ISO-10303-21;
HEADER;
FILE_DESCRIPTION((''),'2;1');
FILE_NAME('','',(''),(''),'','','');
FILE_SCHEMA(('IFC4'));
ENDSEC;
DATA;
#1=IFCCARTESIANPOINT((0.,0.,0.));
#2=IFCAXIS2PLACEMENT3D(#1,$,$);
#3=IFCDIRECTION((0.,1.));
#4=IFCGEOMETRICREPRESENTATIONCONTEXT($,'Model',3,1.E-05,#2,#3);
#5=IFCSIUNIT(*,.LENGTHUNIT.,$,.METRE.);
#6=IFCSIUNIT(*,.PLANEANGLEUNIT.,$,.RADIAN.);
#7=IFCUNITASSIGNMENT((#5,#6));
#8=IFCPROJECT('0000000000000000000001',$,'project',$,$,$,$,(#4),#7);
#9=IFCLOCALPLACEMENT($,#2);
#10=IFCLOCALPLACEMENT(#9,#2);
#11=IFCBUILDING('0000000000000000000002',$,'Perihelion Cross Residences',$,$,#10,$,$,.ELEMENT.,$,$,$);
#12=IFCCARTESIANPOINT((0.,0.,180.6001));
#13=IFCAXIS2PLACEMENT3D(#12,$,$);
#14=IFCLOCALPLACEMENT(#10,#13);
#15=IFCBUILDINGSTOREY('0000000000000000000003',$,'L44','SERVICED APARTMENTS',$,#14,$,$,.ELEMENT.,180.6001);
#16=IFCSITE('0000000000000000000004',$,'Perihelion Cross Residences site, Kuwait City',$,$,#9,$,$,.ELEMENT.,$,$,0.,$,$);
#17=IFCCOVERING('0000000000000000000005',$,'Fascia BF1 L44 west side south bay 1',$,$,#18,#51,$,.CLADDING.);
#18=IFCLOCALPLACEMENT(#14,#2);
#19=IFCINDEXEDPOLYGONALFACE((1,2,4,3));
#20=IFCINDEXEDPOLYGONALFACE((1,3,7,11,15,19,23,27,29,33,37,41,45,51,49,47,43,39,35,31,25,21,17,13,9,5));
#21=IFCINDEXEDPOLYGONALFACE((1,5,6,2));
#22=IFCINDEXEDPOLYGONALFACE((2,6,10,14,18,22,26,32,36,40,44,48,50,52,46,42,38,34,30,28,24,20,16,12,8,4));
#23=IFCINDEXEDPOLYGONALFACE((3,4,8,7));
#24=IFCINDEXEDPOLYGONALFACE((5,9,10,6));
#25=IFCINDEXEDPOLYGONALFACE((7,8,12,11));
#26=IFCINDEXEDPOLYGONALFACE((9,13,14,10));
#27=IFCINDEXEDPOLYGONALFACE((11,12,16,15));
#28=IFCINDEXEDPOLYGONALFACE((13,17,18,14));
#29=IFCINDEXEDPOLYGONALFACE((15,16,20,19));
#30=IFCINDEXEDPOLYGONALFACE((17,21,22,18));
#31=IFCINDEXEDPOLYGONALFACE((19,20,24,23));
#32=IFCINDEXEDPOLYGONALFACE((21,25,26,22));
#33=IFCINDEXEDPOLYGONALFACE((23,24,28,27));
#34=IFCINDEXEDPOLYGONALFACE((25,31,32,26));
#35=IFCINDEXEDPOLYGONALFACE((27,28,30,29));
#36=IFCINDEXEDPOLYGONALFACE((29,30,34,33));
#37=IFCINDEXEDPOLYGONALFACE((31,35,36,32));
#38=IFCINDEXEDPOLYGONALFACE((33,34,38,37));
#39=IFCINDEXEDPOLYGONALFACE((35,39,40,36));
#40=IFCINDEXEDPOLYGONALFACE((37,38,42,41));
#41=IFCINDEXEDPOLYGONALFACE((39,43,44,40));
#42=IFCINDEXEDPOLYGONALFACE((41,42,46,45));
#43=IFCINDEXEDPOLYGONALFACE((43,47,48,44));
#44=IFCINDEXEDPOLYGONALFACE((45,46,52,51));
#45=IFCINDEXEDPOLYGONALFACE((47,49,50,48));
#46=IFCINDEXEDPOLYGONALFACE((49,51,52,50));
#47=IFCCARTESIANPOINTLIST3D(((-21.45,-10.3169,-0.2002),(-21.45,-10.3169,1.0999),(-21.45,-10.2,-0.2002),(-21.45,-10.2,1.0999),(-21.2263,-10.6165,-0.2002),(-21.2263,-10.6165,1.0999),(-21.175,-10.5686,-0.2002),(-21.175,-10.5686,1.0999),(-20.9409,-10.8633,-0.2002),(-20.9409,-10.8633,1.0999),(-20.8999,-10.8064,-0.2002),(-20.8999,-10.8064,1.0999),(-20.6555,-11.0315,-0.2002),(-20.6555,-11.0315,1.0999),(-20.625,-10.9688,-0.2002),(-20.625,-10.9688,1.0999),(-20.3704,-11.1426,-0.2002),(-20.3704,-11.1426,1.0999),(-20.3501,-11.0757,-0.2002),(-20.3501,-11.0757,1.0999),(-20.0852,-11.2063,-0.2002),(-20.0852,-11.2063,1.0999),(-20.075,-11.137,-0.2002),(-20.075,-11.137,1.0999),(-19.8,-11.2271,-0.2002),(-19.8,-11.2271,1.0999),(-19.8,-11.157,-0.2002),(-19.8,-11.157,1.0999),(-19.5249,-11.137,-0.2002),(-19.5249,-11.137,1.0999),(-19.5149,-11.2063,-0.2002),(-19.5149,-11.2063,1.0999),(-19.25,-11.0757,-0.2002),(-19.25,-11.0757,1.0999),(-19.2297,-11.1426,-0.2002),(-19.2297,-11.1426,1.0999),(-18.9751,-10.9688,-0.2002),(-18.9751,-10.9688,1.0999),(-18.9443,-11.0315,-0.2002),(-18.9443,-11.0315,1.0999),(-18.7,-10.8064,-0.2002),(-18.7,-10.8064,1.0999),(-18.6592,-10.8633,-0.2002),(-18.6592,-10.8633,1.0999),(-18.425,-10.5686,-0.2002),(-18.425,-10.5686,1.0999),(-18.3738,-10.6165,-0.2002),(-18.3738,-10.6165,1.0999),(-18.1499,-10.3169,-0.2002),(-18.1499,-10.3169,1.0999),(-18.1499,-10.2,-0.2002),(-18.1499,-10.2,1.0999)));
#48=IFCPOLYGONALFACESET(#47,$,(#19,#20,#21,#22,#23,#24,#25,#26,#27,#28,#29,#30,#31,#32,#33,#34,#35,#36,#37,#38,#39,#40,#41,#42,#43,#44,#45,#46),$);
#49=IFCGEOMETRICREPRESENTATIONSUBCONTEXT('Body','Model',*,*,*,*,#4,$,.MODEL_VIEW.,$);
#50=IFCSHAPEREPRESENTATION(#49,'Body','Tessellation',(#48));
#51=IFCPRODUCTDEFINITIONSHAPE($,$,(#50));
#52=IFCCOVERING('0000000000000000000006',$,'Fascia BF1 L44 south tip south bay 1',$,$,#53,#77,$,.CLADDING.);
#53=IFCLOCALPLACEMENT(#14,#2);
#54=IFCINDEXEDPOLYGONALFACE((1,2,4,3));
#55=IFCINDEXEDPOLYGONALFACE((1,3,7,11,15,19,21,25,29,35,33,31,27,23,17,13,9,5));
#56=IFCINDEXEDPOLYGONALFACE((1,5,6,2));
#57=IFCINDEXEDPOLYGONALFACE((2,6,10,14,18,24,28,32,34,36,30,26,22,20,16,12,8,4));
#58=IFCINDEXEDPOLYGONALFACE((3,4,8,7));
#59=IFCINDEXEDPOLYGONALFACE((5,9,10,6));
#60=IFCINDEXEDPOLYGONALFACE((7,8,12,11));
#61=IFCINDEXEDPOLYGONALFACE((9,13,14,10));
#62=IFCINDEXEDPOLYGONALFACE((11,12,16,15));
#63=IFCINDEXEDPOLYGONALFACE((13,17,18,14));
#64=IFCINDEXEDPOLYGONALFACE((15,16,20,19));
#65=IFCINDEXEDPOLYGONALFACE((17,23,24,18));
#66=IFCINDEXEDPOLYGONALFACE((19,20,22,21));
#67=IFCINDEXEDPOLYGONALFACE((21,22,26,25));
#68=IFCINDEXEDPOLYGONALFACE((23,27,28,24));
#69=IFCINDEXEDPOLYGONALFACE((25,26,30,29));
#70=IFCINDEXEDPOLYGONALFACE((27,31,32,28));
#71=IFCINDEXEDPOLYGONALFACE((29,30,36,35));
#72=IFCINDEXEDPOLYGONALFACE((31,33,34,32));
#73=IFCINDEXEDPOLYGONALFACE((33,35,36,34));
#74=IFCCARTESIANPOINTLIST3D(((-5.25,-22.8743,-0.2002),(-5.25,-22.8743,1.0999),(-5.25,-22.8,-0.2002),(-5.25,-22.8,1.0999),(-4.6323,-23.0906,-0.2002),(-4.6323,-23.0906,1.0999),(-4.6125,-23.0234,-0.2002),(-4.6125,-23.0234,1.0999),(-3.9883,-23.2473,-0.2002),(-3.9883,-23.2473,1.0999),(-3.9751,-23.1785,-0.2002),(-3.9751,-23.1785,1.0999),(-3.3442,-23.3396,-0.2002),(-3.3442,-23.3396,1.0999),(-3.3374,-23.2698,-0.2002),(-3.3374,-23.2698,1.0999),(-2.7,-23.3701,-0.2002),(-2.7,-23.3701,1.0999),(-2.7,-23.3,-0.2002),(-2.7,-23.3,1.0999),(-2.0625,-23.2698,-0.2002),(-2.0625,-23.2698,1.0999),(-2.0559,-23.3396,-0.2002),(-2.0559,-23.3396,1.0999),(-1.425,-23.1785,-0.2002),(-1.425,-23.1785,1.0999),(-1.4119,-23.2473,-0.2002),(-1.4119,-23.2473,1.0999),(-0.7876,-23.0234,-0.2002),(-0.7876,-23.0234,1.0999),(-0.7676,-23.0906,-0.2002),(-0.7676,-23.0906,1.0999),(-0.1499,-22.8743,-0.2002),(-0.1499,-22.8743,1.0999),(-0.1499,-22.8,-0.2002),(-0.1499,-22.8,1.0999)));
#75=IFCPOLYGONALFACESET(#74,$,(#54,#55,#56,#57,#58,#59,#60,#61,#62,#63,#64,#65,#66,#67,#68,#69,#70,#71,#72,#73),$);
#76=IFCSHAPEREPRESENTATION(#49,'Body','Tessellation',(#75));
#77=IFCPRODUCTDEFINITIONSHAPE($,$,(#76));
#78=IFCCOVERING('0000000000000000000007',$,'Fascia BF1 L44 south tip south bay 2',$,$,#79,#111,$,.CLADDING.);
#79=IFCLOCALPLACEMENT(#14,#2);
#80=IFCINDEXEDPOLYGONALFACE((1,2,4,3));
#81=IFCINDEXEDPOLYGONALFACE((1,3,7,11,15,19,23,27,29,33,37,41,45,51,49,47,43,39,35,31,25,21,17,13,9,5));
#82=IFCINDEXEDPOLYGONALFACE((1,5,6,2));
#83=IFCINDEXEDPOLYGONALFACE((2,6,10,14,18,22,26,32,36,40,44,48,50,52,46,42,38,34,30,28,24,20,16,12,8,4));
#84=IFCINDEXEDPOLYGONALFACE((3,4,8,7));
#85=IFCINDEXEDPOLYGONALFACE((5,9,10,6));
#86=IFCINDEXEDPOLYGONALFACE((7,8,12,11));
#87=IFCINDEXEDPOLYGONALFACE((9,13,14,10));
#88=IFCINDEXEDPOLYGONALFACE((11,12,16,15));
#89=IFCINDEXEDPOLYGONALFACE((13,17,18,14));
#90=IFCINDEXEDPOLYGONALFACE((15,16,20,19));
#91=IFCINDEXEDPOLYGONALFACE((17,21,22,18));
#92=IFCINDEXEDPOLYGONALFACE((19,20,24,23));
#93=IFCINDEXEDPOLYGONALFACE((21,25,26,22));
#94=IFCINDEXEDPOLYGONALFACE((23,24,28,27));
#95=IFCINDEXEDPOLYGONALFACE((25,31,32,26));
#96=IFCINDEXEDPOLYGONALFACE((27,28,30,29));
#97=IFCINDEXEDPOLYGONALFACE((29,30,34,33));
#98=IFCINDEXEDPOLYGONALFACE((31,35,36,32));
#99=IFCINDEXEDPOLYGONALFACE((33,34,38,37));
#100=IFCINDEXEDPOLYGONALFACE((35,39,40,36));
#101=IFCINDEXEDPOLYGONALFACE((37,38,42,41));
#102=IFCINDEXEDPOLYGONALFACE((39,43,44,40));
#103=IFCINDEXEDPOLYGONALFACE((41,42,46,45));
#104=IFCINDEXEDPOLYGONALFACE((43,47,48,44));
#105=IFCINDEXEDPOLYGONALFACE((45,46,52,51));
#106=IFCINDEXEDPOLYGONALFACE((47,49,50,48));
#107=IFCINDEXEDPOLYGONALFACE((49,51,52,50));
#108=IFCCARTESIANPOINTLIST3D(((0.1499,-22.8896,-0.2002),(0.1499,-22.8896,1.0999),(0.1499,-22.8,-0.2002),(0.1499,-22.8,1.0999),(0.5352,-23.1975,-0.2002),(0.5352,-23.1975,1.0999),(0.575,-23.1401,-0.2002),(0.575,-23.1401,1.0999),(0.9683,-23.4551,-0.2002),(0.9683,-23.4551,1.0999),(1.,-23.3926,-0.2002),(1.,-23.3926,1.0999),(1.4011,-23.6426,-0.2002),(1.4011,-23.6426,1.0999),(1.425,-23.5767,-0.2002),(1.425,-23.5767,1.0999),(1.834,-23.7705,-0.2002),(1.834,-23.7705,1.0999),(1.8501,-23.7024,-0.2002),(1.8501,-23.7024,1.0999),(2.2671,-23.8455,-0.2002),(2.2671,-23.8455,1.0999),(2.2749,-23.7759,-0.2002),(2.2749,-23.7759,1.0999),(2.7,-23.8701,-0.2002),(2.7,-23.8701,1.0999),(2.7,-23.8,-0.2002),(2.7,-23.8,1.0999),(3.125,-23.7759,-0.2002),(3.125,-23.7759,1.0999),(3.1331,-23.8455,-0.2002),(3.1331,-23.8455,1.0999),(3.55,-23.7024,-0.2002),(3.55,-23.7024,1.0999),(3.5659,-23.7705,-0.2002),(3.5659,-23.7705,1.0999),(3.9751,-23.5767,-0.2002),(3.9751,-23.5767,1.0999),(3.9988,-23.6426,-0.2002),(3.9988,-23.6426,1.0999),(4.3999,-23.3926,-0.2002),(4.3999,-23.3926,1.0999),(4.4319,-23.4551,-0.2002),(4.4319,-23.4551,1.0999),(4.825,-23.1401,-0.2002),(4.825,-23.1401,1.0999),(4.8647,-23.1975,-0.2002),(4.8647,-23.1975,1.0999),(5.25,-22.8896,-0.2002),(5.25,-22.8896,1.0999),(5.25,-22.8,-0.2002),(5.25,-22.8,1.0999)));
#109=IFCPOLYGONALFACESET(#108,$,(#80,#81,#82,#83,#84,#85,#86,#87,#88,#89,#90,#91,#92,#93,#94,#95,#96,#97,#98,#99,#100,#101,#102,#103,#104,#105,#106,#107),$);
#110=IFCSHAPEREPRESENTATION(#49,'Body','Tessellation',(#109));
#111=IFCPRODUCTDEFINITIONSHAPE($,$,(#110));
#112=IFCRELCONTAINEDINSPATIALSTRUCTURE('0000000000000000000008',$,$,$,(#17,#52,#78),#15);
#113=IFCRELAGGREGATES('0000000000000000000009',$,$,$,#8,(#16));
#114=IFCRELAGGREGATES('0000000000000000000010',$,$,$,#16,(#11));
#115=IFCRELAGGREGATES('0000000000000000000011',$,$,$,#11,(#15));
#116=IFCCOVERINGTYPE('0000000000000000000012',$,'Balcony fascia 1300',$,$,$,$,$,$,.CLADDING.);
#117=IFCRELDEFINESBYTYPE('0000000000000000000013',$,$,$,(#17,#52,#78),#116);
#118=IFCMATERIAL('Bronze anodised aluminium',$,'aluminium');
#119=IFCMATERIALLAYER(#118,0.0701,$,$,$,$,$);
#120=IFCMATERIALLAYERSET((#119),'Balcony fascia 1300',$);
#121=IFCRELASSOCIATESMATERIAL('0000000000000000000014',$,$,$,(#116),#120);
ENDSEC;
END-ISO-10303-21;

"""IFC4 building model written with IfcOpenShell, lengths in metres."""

from ifc_helpers import new_model, si_unit, direction, frame, origin, place, context, subcontext, project, spatial, polyline, outline, extrude, material, layer, layer_set, type_object, element, save


model = new_model("IFC4")

# Units and contexts
model_context = context("Model", 3, precision=1e-05, world=origin(), true_north=direction((0.0, 1.0)))
body_context = subcontext(model_context, "Body", "Model", "MODEL_VIEW")
ifc_project = project(units=[si_unit("LENGTHUNIT", "METRE"), si_unit("PLANEANGLEUNIT", "RADIAN")], contexts=[model_context])

# Site, building, storey
site_placement = place(None, origin())
site = spatial("IfcSite", under=ifc_project, at=site_placement, Name="Perihelion Cross Residences site, Kuwait City", CompositionType="ELEMENT", RefElevation=0.0)
building_placement = place(site_placement, origin())
building = spatial("IfcBuilding", under=site, at=building_placement, Name="Perihelion Cross Residences", CompositionType="ELEMENT")
storey_placement = place(building_placement, frame((0.0, 0.0, 180.6001)))
storey = spatial("IfcBuildingStorey", under=building, at=storey_placement, Name="L44", Description="SERVICED APARTMENTS", CompositionType="ELEMENT", Elevation=180.6001)

# Coverings
ifc_material_1 = material(Name="Bronze anodised aluminium", Category="aluminium")
ifc_layer_1 = layer(ifc_material_1, 0.0701)
ifc_layer_set_1 = layer_set([ifc_layer_1], Name="Balcony fascia 1300")
covering_type = type_object("IfcCoveringType", Name="Balcony fascia 1300", PredefinedType="CLADDING", material=ifc_layer_set_1)
covering_1_placement = place(storey_placement, frame((0.0, 0.0, -0.2002)))
element("IfcCovering", 1, at=covering_1_placement, inside=storey, type_object=covering_type, Name="Fascia BF1 L44 west side south bay 1", PredefinedType="CLADDING", context=body_context, shape_type="SweptSolid", body=[
    extrude(outline(polyline([(-21.2263, -10.6165), (-20.9409, -10.8633), (-20.6555, -11.0315), (-20.3704, -11.1426), (-20.0852, -11.2063), (-19.8, -11.2271), (-19.5149, -11.2063), (-19.2297, -11.1426), (-18.9443, -11.0315), (-18.6592, -10.8633), (-18.3738, -10.6165), (-18.1499, -10.3169), (-18.1499, -10.2), (-18.425, -10.5686), (-18.7, -10.8064), (-18.9751, -10.9688), (-19.25, -11.0757), (-19.5249, -11.137), (-19.8, -11.157), (-20.075, -11.137), (-20.3501, -11.0757), (-20.625, -10.9688), (-20.8999, -10.8064), (-21.175, -10.5686), (-21.45, -10.2), (-21.45, -10.3169), (-21.2263, -10.6165)])), origin(), (0.0, 0.0, 1.0), 1.3),
])
covering_2_placement = place(storey_placement, frame((0.0, 0.0, -0.2002)))
element("IfcCovering", 2, at=covering_2_placement, inside=storey, type_object=covering_type, Name="Fascia BF1 L44 south tip south bay 1", PredefinedType="CLADDING", context=body_context, shape_type="SweptSolid", body=[
    extrude(outline(polyline([(-4.6323, -23.0906), (-3.9883, -23.2473), (-3.3442, -23.3396), (-2.7, -23.3701), (-2.0559, -23.3396), (-1.4119, -23.2473), (-0.7676, -23.0906), (-0.1499, -22.8743), (-0.1499, -22.8), (-0.7876, -23.0234), (-1.425, -23.1785), (-2.0625, -23.2698), (-2.7, -23.3), (-3.3374, -23.2698), (-3.9751, -23.1785), (-4.6125, -23.0234), (-5.25, -22.8), (-5.25, -22.8743), (-4.6323, -23.0906)])), origin(), (0.0, 0.0, 1.0), 1.3),
])
covering_3_placement = place(storey_placement, frame((0.0, 0.0, -0.2002)))
element("IfcCovering", 3, at=covering_3_placement, inside=storey, type_object=covering_type, Name="Fascia BF1 L44 south tip south bay 2", PredefinedType="CLADDING", context=body_context, shape_type="SweptSolid", body=[
    extrude(outline(polyline([(0.5352, -23.1975), (0.9683, -23.4551), (1.4011, -23.6426), (1.834, -23.7705), (2.2671, -23.8455), (2.7, -23.8701), (3.1331, -23.8455), (3.5659, -23.7705), (3.9988, -23.6426), (4.4319, -23.4551), (4.8647, -23.1975), (5.25, -22.8896), (5.25, -22.8), (4.825, -23.1401), (4.3999, -23.3926), (3.9751, -23.5767), (3.55, -23.7024), (3.125, -23.7759), (2.7, -23.8), (2.2749, -23.7759), (1.8501, -23.7024), (1.425, -23.5767), (1.0, -23.3926), (0.575, -23.1401), (0.1499, -22.8), (0.1499, -22.8896), (0.5352, -23.1975)])), origin(), (0.0, 0.0, 1.0), 1.3),
])

save(model, "model.ifc")
